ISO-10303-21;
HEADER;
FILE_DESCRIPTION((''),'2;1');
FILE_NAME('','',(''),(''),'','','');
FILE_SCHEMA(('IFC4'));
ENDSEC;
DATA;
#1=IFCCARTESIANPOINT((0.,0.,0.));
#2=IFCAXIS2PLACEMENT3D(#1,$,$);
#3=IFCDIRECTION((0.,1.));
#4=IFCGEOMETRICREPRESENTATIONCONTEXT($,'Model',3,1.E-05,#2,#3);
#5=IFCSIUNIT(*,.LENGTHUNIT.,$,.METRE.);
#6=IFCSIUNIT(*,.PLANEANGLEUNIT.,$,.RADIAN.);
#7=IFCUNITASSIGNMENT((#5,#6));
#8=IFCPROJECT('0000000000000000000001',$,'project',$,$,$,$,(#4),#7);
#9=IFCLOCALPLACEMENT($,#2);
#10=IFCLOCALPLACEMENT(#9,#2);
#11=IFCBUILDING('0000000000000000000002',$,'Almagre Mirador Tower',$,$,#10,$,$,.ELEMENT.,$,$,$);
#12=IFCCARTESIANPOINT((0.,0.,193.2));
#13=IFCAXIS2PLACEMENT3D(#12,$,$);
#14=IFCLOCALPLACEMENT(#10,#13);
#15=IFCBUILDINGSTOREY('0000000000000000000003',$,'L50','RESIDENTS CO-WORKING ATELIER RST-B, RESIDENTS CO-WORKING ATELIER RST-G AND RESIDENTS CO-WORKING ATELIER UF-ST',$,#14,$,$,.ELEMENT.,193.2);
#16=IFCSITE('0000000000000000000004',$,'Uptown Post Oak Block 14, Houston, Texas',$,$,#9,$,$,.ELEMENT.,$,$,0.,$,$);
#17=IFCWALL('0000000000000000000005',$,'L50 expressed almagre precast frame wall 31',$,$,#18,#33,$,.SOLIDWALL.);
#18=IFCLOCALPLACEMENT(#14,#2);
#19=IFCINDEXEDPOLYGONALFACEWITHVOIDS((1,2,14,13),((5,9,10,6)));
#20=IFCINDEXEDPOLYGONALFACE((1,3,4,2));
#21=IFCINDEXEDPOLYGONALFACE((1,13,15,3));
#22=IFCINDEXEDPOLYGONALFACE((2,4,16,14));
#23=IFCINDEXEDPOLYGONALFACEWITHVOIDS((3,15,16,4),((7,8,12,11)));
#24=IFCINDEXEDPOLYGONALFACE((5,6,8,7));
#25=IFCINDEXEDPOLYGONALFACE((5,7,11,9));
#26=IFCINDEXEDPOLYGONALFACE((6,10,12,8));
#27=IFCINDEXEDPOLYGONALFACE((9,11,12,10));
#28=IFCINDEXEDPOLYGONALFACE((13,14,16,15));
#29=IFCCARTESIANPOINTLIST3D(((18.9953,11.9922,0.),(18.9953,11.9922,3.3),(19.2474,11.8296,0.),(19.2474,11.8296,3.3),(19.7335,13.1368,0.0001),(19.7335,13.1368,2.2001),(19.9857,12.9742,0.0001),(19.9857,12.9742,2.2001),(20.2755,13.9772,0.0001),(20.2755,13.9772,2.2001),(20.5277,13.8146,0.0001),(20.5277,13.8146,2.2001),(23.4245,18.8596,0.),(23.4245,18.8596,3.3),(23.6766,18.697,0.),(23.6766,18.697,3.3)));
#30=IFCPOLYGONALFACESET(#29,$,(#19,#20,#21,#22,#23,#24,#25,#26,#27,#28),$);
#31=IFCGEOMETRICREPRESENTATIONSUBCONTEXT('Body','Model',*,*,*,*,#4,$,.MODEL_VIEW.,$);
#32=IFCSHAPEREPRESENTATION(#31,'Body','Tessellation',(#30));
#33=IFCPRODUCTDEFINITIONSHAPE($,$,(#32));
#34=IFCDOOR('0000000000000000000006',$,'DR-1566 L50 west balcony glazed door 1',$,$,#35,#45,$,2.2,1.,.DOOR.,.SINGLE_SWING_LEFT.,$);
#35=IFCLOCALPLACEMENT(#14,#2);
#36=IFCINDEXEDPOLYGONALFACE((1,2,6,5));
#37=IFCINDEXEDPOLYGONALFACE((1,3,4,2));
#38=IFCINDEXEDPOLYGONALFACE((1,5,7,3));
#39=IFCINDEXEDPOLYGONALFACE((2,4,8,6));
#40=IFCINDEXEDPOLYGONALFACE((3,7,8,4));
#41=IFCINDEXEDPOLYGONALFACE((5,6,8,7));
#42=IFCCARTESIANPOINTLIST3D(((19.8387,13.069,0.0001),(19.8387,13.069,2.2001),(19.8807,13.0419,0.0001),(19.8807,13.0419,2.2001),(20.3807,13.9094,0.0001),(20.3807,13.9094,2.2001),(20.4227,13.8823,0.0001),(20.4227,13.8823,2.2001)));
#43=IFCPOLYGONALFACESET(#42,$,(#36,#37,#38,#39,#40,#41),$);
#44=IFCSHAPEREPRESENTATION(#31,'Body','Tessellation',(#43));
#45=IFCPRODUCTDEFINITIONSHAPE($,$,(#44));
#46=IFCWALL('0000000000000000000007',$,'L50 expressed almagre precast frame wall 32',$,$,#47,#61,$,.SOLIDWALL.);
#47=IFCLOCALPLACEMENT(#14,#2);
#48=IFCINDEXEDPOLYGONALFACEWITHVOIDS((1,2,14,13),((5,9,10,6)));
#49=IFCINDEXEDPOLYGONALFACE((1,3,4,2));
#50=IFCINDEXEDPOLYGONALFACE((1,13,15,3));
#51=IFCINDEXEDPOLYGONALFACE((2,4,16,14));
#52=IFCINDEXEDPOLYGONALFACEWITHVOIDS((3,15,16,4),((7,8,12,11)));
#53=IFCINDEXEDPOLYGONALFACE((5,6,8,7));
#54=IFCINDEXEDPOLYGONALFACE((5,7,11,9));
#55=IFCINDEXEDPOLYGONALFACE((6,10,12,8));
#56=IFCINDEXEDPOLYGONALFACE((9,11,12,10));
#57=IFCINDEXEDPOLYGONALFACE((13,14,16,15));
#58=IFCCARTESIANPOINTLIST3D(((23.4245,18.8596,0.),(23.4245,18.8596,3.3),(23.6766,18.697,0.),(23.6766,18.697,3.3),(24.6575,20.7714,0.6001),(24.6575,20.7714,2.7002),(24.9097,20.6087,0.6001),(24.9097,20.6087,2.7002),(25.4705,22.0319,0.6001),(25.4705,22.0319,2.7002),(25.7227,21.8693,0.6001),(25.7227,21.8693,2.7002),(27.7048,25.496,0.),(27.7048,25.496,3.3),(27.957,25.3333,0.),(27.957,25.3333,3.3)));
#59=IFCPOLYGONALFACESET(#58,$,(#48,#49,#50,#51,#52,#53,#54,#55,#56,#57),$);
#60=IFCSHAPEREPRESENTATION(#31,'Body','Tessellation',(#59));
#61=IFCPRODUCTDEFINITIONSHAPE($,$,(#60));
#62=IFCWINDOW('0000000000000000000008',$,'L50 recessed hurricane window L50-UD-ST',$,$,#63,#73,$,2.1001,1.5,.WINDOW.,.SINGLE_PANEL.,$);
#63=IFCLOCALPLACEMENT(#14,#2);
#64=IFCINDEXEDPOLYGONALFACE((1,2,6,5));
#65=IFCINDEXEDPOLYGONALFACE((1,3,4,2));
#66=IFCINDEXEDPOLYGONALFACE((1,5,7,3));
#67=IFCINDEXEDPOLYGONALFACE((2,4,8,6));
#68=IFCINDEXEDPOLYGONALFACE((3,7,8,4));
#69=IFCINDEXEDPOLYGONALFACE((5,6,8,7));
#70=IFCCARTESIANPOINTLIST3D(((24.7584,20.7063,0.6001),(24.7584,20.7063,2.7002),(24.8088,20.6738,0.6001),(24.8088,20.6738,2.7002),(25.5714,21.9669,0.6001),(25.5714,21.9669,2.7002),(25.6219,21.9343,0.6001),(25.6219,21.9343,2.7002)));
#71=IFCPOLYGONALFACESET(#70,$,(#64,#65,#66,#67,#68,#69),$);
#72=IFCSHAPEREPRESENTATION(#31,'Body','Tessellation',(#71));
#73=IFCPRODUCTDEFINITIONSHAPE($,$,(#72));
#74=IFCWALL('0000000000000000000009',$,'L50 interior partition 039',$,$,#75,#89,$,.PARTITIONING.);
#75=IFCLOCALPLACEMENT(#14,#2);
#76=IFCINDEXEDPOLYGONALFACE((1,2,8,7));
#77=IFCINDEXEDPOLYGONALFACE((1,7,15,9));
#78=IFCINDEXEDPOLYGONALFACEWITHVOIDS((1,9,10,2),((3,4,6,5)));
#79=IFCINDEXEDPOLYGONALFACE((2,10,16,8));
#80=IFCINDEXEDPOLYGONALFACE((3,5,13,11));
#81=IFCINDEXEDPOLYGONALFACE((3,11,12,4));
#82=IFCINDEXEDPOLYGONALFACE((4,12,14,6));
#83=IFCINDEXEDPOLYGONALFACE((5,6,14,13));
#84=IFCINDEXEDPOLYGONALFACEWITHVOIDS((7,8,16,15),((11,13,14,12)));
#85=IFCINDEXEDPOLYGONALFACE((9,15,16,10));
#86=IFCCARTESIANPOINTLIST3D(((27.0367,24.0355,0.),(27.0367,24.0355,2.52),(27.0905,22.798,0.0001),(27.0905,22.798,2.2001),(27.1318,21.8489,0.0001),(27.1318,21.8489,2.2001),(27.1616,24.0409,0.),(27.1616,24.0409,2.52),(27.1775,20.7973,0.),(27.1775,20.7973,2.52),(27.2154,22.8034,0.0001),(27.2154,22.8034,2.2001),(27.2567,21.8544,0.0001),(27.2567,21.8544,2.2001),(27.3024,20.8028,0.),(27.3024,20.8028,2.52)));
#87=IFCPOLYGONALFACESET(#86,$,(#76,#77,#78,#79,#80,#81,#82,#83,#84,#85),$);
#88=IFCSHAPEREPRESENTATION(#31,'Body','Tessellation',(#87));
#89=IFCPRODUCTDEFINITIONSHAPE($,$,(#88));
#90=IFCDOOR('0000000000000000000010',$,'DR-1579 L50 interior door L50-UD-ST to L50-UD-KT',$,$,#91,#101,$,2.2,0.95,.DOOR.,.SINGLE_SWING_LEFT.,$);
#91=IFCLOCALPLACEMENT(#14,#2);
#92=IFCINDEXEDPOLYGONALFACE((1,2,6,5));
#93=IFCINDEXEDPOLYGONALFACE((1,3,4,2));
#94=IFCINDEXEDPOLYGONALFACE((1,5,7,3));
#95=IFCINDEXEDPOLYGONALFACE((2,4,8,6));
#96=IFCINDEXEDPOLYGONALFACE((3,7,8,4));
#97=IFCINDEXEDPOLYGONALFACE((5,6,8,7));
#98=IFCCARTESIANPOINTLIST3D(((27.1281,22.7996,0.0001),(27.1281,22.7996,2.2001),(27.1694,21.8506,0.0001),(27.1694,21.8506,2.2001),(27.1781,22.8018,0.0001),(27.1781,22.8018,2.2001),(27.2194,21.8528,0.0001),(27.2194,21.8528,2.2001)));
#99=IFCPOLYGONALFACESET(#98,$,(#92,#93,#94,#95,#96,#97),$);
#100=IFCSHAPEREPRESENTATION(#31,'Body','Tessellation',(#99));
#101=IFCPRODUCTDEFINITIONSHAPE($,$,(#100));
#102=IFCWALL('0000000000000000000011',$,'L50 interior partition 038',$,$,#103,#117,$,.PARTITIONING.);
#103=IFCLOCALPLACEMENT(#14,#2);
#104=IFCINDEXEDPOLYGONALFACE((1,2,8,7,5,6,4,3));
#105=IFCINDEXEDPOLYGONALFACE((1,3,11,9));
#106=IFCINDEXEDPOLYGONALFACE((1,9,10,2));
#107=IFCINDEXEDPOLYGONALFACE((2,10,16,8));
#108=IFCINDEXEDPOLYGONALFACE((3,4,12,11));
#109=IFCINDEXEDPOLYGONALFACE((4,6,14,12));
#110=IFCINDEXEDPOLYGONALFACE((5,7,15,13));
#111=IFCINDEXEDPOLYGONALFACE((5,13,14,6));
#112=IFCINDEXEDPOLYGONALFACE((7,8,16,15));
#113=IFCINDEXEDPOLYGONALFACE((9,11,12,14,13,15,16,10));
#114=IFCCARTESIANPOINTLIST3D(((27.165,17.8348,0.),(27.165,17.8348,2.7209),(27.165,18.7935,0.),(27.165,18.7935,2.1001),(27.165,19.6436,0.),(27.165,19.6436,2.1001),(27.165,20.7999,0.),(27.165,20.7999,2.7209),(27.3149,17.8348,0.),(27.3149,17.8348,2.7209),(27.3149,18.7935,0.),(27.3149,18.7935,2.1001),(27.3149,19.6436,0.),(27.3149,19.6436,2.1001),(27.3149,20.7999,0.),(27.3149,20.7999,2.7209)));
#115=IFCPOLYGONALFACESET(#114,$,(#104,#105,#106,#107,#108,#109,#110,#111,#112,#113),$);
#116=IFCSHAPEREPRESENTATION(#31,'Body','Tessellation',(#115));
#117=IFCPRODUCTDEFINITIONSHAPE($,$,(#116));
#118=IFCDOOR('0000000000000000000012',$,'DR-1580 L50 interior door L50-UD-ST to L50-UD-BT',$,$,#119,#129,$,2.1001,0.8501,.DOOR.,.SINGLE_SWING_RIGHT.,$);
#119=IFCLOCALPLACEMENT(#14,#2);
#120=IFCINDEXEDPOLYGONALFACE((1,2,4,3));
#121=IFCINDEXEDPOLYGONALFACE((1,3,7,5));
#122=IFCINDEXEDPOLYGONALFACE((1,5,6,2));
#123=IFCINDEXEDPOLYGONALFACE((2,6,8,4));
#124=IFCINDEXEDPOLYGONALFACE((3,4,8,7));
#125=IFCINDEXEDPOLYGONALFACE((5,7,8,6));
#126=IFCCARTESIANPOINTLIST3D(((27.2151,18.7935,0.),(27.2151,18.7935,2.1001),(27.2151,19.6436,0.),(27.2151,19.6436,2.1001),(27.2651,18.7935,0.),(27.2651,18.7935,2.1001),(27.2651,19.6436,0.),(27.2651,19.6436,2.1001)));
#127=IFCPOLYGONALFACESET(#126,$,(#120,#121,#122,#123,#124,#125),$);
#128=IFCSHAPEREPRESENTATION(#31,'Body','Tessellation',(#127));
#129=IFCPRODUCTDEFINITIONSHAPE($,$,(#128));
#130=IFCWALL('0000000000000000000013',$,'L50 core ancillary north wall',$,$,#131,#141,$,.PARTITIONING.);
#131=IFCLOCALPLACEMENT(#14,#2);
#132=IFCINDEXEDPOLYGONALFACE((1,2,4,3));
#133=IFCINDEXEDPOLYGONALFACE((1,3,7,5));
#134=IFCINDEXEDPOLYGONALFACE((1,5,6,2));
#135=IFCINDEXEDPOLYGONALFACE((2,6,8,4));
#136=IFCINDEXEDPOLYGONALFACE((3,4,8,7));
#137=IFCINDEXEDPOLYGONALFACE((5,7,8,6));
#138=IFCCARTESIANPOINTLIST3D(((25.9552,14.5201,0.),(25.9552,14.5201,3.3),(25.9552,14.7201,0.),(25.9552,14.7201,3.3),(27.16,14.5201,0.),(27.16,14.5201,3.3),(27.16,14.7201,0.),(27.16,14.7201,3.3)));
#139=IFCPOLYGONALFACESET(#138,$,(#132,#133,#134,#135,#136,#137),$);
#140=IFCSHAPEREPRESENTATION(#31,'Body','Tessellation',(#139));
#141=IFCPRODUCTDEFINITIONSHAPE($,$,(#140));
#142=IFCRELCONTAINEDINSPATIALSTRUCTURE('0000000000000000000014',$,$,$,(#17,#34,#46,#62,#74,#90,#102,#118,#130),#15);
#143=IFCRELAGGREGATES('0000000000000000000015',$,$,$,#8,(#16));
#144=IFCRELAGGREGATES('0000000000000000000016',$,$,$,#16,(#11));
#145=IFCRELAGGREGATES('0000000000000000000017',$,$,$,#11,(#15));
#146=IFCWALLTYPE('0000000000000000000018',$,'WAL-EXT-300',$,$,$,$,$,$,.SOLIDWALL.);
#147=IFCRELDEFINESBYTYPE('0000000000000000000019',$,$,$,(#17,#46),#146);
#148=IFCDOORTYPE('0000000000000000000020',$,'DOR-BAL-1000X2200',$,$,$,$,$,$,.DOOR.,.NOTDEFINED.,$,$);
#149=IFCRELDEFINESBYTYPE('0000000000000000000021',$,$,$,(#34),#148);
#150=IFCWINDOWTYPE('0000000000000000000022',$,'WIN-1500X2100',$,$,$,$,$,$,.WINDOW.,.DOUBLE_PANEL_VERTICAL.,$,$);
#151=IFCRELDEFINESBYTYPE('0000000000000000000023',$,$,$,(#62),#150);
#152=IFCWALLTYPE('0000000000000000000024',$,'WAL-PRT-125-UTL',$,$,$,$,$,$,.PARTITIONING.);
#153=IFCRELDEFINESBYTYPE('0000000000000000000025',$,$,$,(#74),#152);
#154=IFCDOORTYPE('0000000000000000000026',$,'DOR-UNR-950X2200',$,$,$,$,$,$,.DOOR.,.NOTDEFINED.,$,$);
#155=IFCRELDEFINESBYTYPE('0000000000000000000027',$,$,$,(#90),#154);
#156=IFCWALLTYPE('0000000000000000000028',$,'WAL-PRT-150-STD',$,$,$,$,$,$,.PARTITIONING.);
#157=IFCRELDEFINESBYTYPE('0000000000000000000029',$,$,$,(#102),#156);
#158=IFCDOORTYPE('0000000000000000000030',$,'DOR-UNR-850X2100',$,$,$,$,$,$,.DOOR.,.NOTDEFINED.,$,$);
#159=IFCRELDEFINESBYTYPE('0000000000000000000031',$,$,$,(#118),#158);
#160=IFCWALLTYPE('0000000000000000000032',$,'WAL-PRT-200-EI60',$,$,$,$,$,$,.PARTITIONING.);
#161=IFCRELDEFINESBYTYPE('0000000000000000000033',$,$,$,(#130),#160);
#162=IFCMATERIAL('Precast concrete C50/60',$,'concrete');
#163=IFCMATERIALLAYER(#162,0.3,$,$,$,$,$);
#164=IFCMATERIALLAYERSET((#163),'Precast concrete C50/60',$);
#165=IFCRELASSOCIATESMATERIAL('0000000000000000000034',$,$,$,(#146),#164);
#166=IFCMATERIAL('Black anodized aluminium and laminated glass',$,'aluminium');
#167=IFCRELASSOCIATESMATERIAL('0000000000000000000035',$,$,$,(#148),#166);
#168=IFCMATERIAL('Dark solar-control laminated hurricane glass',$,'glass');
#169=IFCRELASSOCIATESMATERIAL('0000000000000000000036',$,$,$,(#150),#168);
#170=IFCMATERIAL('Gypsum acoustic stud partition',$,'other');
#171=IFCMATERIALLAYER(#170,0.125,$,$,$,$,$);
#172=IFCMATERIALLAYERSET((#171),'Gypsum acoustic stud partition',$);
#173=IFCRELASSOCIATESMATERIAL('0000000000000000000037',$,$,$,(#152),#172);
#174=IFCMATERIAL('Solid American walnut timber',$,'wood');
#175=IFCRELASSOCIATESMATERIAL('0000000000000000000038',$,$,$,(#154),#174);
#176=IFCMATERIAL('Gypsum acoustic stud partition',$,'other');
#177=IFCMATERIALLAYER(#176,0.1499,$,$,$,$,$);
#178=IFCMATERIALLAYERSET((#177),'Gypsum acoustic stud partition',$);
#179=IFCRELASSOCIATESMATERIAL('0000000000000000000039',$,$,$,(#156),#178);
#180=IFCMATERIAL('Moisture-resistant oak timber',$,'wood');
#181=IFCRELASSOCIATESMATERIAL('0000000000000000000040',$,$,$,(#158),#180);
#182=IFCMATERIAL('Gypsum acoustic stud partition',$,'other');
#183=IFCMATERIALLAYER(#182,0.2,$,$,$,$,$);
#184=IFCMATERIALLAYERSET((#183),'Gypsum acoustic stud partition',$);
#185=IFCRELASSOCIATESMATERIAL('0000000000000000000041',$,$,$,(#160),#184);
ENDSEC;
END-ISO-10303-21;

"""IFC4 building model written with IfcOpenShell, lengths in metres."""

from ifc_helpers import new_model, si_unit, direction, frame, frame_2d, origin, place, context, subcontext, project, spatial, rectangle, extrude, material, layer, layer_set, type_object, element, fill, save


model = new_model("IFC4")

# Units and contexts
model_context = context("Model", 3, precision=1e-05, world=origin(), true_north=direction((0.0, 1.0)))
body_context = subcontext(model_context, "Body", "Model", "MODEL_VIEW")
ifc_project = project(units=[si_unit("LENGTHUNIT", "METRE"), si_unit("PLANEANGLEUNIT", "RADIAN")], contexts=[model_context])

# Site, building, storey
site_placement = place(None, origin())
site = spatial("IfcSite", under=ifc_project, at=site_placement, Name="Uptown Post Oak Block 14, Houston, Texas", CompositionType="ELEMENT", RefElevation=0.0)
building_placement = place(site_placement, origin())
building = spatial("IfcBuilding", under=site, at=building_placement, Name="Almagre Mirador Tower", CompositionType="ELEMENT")
storey_placement = place(building_placement, frame((0.0, 0.0, 193.2)))
storey = spatial("IfcBuildingStorey", under=building, at=storey_placement, Name="L50", Description="RESIDENTS CO-WORKING ATELIER RST-B, RESIDENTS CO-WORKING ATELIER RST-G AND RESIDENTS CO-WORKING ATELIER UF-ST", CompositionType="ELEMENT", Elevation=193.2)

# Wall, opening, door
ifc_material_1 = material(Name="Precast concrete C50/60", Category="concrete")
ifc_layer_1 = layer(ifc_material_1, 0.3)
ifc_layer_set_1 = layer_set([ifc_layer_1], Name="Precast concrete C50/60")
wall_type_1 = type_object("IfcWallType", Name="WAL-EXT-300", PredefinedType="SOLIDWALL", material=ifc_layer_set_1)
wall_1_placement = place(storey_placement, frame((19.1213, 11.9109, 0.0), z_axis=(0.0, 0.0, 1.0), x_axis=(0.542006, 0.840375, 0.0)))
wall_1 = element("IfcWall", 1, at=wall_1_placement, inside=storey, type_object=wall_type_1, Name="L50 expressed almagre precast frame wall 31", PredefinedType="SOLIDWALL", context=body_context, shape_type="SweptSolid", body=[
    extrude(rectangle(XDim=8.1719, YDim=0.3, at=frame_2d((4.0859, 0.0))), origin(), (0.0, 0.0, 1.0), 3.3),
])
opening_1_placement = place(wall_1_placement, frame((1.3621, 0.0, 0.0)))
opening_1 = element("IfcOpeningElement", 2, at=opening_1_placement, cuts=wall_1, PredefinedType="OPENING", context=body_context, shape_type="SweptSolid", body=[
    extrude(rectangle(XDim=1.0, YDim=2.2, at=frame_2d((0.5, 1.1001))), frame((0.0, 0.1599, 0.0), z_axis=(0.0, -1.0, 0.0), x_axis=(1.0, 0.0, 0.0)), (0.0, 0.0, 1.0), 0.32),
])
ifc_material_2 = material(Name="Black anodized aluminium and laminated glass", Category="aluminium")
door_type_1 = type_object("IfcDoorType", Name="DOR-BAL-1000X2200", OperationType="NOTDEFINED", PredefinedType="DOOR", material=ifc_material_2)
door_1_placement = place(opening_1_placement, origin())
door_1 = element("IfcDoor", 3, at=door_1_placement, inside=storey, type_object=door_type_1, Name="DR-1566 L50 west balcony glazed door 1", OperationType="SINGLE_SWING_LEFT", OverallHeight=2.2, OverallWidth=1.0, PredefinedType="DOOR", context=body_context, shape_type="SweptSolid", body=[
    extrude(rectangle(XDim=1.0, YDim=2.2, at=frame_2d((0.5, 1.1001))), frame((0.0, 0.0249, 0.0), z_axis=(0.0, -1.0, 0.0), x_axis=(1.0, 0.0, 0.0)), (0.0, 0.0, 1.0), 0.05),
])
fill(opening_1, door_1)

# Wall, opening, window
wall_2_placement = place(storey_placement, frame((23.5505, 18.7783, 0.0), z_axis=(0.0, 0.0, 1.0), x_axis=(0.542023, 0.840364, 0.0)))
wall_2 = element("IfcWall", 4, at=wall_2_placement, inside=storey, type_object=wall_type_1, Name="L50 expressed almagre precast frame wall 32", PredefinedType="SOLIDWALL", context=body_context, shape_type="SweptSolid", body=[
    extrude(rectangle(XDim=7.897, YDim=0.3, at=frame_2d((3.9485, 0.0))), origin(), (0.0, 0.0, 1.0), 3.3),
])
opening_2_placement = place(wall_2_placement, frame((2.2749, 0.0, 0.6001)))
opening_2 = element("IfcOpeningElement", 5, at=opening_2_placement, cuts=wall_2, PredefinedType="OPENING", context=body_context, shape_type="SweptSolid", body=[
    extrude(rectangle(XDim=1.5, YDim=2.1001, at=frame_2d((0.75, 1.05))), frame((0.0, 0.1599, 0.0), z_axis=(0.0, -1.0, 0.0), x_axis=(1.0, 0.0, 0.0)), (0.0, 0.0, 1.0), 0.32),
])
ifc_material_3 = material(Name="Dark solar-control laminated hurricane glass", Category="glass")
window_type = type_object("IfcWindowType", Name="WIN-1500X2100", PartitioningType="DOUBLE_PANEL_VERTICAL", PredefinedType="WINDOW", material=ifc_material_3)
window_placement = place(opening_2_placement, origin())
window = element("IfcWindow", 6, at=window_placement, inside=storey, type_object=window_type, Name="L50 recessed hurricane window L50-UD-ST", OverallHeight=2.1001, OverallWidth=1.5, PartitioningType="SINGLE_PANEL", PredefinedType="WINDOW", context=body_context, shape_type="SweptSolid", body=[
    extrude(rectangle(XDim=1.5, YDim=2.1001, at=frame_2d((0.75, 1.05))), frame((0.0, 0.03, 0.0), z_axis=(0.0, -1.0, 0.0), x_axis=(1.0, 0.0, 0.0)), (0.0, 0.0, 1.0), 0.0601),
])
fill(opening_2, window)

# Walls, openings, doors
ifc_material_4 = material(Name="Gypsum acoustic stud partition", Category="other")
ifc_layer_2 = layer(ifc_material_4, 0.125)
ifc_layer_set_2 = layer_set([ifc_layer_2], Name="Gypsum acoustic stud partition")
wall_type_2 = type_object("IfcWallType", Name="WAL-PRT-125-UTL", PredefinedType="PARTITIONING", material=ifc_layer_set_2)
wall_3_placement = place(storey_placement, frame((27.24, 20.8, 0.0), z_axis=(0.0, 0.0, 1.0), x_axis=(-0.043463, 0.999055, 0.0)))
wall_3 = element("IfcWall", 7, at=wall_3_placement, inside=storey, type_object=wall_type_2, Name="L50 interior partition 039", PredefinedType="PARTITIONING", context=body_context, shape_type="SweptSolid", body=[
    extrude(rectangle(XDim=3.2412, YDim=0.125, at=frame_2d((1.6206, 0.0))), origin(), (0.0, 0.0, 1.0), 2.52),
])
opening_3_placement = place(wall_3_placement, frame((1.0525, 0.0, 0.0)))
opening_3 = element("IfcOpeningElement", 8, at=opening_3_placement, cuts=wall_3, PredefinedType="OPENING", context=body_context, shape_type="SweptSolid", body=[
    extrude(rectangle(XDim=0.95, YDim=2.2, at=frame_2d((0.4751, 1.1001))), frame((0.0, 0.0725, 0.0), z_axis=(0.0, -1.0, 0.0), x_axis=(1.0, 0.0, 0.0)), (0.0, 0.0, 1.0), 0.145),
])
ifc_material_5 = material(Name="Solid American walnut timber", Category="wood")
door_type_2 = type_object("IfcDoorType", Name="DOR-UNR-950X2200", OperationType="NOTDEFINED", PredefinedType="DOOR", material=ifc_material_5)
door_2_placement = place(opening_3_placement, origin())
door_2 = element("IfcDoor", 9, at=door_2_placement, inside=storey, type_object=door_type_2, Name="DR-1579 L50 interior door L50-UD-ST to L50-UD-KT", OperationType="SINGLE_SWING_LEFT", OverallHeight=2.2, OverallWidth=0.95, PredefinedType="DOOR", context=body_context, shape_type="SweptSolid", body=[
    extrude(rectangle(XDim=0.95, YDim=2.2, at=frame_2d((0.4751, 1.1001))), frame((0.0, 0.0249, 0.0), z_axis=(0.0, -1.0, 0.0), x_axis=(1.0, 0.0, 0.0)), (0.0, 0.0, 1.0), 0.05),
])
fill(opening_3, door_2)
ifc_material_6 = material(Name="Gypsum acoustic stud partition", Category="other")
ifc_layer_3 = layer(ifc_material_6, 0.1499)
ifc_layer_set_3 = layer_set([ifc_layer_3], Name="Gypsum acoustic stud partition")
wall_type_3 = type_object("IfcWallType", Name="WAL-PRT-150-STD", PredefinedType="PARTITIONING", material=ifc_layer_set_3)
wall_4_placement = place(storey_placement, frame((27.24, 17.835, 0.0), z_axis=(0.0, 0.0, 1.0), x_axis=(0.0, 1.0, 0.0)))
wall_4 = element("IfcWall", 10, at=wall_4_placement, inside=storey, type_object=wall_type_3, Name="L50 interior partition 038", PredefinedType="PARTITIONING", context=body_context, shape_type="SweptSolid", body=[
    extrude(rectangle(XDim=2.9651, YDim=0.1499, at=frame_2d((1.4824, 0.0))), origin(), (0.0, 0.0, 1.0), 2.7209),
])
opening_4_placement = place(wall_4_placement, frame((0.9585, 0.0, 0.0)))
opening_4 = element("IfcOpeningElement", 11, at=opening_4_placement, cuts=wall_4, PredefinedType="OPENING", context=body_context, shape_type="SweptSolid", body=[
    extrude(rectangle(XDim=0.8501, YDim=2.1001, at=frame_2d((0.425, 1.05))), frame((0.0, 0.085, 0.0), z_axis=(0.0, -1.0, 0.0), x_axis=(1.0, 0.0, 0.0)), (0.0, 0.0, 1.0), 0.1699),
])
ifc_material_7 = material(Name="Moisture-resistant oak timber", Category="wood")
door_type_3 = type_object("IfcDoorType", Name="DOR-UNR-850X2100", OperationType="NOTDEFINED", PredefinedType="DOOR", material=ifc_material_7)
door_3_placement = place(opening_4_placement, origin())
door_3 = element("IfcDoor", 12, at=door_3_placement, inside=storey, type_object=door_type_3, Name="DR-1580 L50 interior door L50-UD-ST to L50-UD-BT", OperationType="SINGLE_SWING_RIGHT", OverallHeight=2.1001, OverallWidth=0.8501, PredefinedType="DOOR", context=body_context, shape_type="SweptSolid", body=[
    extrude(rectangle(XDim=0.8501, YDim=2.1001, at=frame_2d((0.425, 1.05))), frame((0.0, 0.0249, 0.0), z_axis=(0.0, -1.0, 0.0), x_axis=(1.0, 0.0, 0.0)), (0.0, 0.0, 1.0), 0.05),
])
fill(opening_4, door_3)

# Wall
ifc_material_8 = material(Name="Gypsum acoustic stud partition", Category="other")
ifc_layer_4 = layer(ifc_material_8, 0.2)
ifc_layer_set_4 = layer_set([ifc_layer_4], Name="Gypsum acoustic stud partition")
wall_type_4 = type_object("IfcWallType", Name="WAL-PRT-200-EI60", PredefinedType="PARTITIONING", material=ifc_layer_set_4)
wall_5_placement = place(storey_placement, frame((25.9551, 14.6201, 0.0), z_axis=(0.0, 0.0, 1.0), x_axis=(1.0, 0.0, 0.0)))
element("IfcWall", 13, at=wall_5_placement, inside=storey, type_object=wall_type_4, Name="L50 core ancillary north wall", PredefinedType="PARTITIONING", context=body_context, shape_type="SweptSolid", body=[
    extrude(rectangle(XDim=1.2048, YDim=0.2, at=frame_2d((0.6025, 0.0))), origin(), (0.0, 0.0, 1.0), 3.3),
])

save(model, "model.ifc")
